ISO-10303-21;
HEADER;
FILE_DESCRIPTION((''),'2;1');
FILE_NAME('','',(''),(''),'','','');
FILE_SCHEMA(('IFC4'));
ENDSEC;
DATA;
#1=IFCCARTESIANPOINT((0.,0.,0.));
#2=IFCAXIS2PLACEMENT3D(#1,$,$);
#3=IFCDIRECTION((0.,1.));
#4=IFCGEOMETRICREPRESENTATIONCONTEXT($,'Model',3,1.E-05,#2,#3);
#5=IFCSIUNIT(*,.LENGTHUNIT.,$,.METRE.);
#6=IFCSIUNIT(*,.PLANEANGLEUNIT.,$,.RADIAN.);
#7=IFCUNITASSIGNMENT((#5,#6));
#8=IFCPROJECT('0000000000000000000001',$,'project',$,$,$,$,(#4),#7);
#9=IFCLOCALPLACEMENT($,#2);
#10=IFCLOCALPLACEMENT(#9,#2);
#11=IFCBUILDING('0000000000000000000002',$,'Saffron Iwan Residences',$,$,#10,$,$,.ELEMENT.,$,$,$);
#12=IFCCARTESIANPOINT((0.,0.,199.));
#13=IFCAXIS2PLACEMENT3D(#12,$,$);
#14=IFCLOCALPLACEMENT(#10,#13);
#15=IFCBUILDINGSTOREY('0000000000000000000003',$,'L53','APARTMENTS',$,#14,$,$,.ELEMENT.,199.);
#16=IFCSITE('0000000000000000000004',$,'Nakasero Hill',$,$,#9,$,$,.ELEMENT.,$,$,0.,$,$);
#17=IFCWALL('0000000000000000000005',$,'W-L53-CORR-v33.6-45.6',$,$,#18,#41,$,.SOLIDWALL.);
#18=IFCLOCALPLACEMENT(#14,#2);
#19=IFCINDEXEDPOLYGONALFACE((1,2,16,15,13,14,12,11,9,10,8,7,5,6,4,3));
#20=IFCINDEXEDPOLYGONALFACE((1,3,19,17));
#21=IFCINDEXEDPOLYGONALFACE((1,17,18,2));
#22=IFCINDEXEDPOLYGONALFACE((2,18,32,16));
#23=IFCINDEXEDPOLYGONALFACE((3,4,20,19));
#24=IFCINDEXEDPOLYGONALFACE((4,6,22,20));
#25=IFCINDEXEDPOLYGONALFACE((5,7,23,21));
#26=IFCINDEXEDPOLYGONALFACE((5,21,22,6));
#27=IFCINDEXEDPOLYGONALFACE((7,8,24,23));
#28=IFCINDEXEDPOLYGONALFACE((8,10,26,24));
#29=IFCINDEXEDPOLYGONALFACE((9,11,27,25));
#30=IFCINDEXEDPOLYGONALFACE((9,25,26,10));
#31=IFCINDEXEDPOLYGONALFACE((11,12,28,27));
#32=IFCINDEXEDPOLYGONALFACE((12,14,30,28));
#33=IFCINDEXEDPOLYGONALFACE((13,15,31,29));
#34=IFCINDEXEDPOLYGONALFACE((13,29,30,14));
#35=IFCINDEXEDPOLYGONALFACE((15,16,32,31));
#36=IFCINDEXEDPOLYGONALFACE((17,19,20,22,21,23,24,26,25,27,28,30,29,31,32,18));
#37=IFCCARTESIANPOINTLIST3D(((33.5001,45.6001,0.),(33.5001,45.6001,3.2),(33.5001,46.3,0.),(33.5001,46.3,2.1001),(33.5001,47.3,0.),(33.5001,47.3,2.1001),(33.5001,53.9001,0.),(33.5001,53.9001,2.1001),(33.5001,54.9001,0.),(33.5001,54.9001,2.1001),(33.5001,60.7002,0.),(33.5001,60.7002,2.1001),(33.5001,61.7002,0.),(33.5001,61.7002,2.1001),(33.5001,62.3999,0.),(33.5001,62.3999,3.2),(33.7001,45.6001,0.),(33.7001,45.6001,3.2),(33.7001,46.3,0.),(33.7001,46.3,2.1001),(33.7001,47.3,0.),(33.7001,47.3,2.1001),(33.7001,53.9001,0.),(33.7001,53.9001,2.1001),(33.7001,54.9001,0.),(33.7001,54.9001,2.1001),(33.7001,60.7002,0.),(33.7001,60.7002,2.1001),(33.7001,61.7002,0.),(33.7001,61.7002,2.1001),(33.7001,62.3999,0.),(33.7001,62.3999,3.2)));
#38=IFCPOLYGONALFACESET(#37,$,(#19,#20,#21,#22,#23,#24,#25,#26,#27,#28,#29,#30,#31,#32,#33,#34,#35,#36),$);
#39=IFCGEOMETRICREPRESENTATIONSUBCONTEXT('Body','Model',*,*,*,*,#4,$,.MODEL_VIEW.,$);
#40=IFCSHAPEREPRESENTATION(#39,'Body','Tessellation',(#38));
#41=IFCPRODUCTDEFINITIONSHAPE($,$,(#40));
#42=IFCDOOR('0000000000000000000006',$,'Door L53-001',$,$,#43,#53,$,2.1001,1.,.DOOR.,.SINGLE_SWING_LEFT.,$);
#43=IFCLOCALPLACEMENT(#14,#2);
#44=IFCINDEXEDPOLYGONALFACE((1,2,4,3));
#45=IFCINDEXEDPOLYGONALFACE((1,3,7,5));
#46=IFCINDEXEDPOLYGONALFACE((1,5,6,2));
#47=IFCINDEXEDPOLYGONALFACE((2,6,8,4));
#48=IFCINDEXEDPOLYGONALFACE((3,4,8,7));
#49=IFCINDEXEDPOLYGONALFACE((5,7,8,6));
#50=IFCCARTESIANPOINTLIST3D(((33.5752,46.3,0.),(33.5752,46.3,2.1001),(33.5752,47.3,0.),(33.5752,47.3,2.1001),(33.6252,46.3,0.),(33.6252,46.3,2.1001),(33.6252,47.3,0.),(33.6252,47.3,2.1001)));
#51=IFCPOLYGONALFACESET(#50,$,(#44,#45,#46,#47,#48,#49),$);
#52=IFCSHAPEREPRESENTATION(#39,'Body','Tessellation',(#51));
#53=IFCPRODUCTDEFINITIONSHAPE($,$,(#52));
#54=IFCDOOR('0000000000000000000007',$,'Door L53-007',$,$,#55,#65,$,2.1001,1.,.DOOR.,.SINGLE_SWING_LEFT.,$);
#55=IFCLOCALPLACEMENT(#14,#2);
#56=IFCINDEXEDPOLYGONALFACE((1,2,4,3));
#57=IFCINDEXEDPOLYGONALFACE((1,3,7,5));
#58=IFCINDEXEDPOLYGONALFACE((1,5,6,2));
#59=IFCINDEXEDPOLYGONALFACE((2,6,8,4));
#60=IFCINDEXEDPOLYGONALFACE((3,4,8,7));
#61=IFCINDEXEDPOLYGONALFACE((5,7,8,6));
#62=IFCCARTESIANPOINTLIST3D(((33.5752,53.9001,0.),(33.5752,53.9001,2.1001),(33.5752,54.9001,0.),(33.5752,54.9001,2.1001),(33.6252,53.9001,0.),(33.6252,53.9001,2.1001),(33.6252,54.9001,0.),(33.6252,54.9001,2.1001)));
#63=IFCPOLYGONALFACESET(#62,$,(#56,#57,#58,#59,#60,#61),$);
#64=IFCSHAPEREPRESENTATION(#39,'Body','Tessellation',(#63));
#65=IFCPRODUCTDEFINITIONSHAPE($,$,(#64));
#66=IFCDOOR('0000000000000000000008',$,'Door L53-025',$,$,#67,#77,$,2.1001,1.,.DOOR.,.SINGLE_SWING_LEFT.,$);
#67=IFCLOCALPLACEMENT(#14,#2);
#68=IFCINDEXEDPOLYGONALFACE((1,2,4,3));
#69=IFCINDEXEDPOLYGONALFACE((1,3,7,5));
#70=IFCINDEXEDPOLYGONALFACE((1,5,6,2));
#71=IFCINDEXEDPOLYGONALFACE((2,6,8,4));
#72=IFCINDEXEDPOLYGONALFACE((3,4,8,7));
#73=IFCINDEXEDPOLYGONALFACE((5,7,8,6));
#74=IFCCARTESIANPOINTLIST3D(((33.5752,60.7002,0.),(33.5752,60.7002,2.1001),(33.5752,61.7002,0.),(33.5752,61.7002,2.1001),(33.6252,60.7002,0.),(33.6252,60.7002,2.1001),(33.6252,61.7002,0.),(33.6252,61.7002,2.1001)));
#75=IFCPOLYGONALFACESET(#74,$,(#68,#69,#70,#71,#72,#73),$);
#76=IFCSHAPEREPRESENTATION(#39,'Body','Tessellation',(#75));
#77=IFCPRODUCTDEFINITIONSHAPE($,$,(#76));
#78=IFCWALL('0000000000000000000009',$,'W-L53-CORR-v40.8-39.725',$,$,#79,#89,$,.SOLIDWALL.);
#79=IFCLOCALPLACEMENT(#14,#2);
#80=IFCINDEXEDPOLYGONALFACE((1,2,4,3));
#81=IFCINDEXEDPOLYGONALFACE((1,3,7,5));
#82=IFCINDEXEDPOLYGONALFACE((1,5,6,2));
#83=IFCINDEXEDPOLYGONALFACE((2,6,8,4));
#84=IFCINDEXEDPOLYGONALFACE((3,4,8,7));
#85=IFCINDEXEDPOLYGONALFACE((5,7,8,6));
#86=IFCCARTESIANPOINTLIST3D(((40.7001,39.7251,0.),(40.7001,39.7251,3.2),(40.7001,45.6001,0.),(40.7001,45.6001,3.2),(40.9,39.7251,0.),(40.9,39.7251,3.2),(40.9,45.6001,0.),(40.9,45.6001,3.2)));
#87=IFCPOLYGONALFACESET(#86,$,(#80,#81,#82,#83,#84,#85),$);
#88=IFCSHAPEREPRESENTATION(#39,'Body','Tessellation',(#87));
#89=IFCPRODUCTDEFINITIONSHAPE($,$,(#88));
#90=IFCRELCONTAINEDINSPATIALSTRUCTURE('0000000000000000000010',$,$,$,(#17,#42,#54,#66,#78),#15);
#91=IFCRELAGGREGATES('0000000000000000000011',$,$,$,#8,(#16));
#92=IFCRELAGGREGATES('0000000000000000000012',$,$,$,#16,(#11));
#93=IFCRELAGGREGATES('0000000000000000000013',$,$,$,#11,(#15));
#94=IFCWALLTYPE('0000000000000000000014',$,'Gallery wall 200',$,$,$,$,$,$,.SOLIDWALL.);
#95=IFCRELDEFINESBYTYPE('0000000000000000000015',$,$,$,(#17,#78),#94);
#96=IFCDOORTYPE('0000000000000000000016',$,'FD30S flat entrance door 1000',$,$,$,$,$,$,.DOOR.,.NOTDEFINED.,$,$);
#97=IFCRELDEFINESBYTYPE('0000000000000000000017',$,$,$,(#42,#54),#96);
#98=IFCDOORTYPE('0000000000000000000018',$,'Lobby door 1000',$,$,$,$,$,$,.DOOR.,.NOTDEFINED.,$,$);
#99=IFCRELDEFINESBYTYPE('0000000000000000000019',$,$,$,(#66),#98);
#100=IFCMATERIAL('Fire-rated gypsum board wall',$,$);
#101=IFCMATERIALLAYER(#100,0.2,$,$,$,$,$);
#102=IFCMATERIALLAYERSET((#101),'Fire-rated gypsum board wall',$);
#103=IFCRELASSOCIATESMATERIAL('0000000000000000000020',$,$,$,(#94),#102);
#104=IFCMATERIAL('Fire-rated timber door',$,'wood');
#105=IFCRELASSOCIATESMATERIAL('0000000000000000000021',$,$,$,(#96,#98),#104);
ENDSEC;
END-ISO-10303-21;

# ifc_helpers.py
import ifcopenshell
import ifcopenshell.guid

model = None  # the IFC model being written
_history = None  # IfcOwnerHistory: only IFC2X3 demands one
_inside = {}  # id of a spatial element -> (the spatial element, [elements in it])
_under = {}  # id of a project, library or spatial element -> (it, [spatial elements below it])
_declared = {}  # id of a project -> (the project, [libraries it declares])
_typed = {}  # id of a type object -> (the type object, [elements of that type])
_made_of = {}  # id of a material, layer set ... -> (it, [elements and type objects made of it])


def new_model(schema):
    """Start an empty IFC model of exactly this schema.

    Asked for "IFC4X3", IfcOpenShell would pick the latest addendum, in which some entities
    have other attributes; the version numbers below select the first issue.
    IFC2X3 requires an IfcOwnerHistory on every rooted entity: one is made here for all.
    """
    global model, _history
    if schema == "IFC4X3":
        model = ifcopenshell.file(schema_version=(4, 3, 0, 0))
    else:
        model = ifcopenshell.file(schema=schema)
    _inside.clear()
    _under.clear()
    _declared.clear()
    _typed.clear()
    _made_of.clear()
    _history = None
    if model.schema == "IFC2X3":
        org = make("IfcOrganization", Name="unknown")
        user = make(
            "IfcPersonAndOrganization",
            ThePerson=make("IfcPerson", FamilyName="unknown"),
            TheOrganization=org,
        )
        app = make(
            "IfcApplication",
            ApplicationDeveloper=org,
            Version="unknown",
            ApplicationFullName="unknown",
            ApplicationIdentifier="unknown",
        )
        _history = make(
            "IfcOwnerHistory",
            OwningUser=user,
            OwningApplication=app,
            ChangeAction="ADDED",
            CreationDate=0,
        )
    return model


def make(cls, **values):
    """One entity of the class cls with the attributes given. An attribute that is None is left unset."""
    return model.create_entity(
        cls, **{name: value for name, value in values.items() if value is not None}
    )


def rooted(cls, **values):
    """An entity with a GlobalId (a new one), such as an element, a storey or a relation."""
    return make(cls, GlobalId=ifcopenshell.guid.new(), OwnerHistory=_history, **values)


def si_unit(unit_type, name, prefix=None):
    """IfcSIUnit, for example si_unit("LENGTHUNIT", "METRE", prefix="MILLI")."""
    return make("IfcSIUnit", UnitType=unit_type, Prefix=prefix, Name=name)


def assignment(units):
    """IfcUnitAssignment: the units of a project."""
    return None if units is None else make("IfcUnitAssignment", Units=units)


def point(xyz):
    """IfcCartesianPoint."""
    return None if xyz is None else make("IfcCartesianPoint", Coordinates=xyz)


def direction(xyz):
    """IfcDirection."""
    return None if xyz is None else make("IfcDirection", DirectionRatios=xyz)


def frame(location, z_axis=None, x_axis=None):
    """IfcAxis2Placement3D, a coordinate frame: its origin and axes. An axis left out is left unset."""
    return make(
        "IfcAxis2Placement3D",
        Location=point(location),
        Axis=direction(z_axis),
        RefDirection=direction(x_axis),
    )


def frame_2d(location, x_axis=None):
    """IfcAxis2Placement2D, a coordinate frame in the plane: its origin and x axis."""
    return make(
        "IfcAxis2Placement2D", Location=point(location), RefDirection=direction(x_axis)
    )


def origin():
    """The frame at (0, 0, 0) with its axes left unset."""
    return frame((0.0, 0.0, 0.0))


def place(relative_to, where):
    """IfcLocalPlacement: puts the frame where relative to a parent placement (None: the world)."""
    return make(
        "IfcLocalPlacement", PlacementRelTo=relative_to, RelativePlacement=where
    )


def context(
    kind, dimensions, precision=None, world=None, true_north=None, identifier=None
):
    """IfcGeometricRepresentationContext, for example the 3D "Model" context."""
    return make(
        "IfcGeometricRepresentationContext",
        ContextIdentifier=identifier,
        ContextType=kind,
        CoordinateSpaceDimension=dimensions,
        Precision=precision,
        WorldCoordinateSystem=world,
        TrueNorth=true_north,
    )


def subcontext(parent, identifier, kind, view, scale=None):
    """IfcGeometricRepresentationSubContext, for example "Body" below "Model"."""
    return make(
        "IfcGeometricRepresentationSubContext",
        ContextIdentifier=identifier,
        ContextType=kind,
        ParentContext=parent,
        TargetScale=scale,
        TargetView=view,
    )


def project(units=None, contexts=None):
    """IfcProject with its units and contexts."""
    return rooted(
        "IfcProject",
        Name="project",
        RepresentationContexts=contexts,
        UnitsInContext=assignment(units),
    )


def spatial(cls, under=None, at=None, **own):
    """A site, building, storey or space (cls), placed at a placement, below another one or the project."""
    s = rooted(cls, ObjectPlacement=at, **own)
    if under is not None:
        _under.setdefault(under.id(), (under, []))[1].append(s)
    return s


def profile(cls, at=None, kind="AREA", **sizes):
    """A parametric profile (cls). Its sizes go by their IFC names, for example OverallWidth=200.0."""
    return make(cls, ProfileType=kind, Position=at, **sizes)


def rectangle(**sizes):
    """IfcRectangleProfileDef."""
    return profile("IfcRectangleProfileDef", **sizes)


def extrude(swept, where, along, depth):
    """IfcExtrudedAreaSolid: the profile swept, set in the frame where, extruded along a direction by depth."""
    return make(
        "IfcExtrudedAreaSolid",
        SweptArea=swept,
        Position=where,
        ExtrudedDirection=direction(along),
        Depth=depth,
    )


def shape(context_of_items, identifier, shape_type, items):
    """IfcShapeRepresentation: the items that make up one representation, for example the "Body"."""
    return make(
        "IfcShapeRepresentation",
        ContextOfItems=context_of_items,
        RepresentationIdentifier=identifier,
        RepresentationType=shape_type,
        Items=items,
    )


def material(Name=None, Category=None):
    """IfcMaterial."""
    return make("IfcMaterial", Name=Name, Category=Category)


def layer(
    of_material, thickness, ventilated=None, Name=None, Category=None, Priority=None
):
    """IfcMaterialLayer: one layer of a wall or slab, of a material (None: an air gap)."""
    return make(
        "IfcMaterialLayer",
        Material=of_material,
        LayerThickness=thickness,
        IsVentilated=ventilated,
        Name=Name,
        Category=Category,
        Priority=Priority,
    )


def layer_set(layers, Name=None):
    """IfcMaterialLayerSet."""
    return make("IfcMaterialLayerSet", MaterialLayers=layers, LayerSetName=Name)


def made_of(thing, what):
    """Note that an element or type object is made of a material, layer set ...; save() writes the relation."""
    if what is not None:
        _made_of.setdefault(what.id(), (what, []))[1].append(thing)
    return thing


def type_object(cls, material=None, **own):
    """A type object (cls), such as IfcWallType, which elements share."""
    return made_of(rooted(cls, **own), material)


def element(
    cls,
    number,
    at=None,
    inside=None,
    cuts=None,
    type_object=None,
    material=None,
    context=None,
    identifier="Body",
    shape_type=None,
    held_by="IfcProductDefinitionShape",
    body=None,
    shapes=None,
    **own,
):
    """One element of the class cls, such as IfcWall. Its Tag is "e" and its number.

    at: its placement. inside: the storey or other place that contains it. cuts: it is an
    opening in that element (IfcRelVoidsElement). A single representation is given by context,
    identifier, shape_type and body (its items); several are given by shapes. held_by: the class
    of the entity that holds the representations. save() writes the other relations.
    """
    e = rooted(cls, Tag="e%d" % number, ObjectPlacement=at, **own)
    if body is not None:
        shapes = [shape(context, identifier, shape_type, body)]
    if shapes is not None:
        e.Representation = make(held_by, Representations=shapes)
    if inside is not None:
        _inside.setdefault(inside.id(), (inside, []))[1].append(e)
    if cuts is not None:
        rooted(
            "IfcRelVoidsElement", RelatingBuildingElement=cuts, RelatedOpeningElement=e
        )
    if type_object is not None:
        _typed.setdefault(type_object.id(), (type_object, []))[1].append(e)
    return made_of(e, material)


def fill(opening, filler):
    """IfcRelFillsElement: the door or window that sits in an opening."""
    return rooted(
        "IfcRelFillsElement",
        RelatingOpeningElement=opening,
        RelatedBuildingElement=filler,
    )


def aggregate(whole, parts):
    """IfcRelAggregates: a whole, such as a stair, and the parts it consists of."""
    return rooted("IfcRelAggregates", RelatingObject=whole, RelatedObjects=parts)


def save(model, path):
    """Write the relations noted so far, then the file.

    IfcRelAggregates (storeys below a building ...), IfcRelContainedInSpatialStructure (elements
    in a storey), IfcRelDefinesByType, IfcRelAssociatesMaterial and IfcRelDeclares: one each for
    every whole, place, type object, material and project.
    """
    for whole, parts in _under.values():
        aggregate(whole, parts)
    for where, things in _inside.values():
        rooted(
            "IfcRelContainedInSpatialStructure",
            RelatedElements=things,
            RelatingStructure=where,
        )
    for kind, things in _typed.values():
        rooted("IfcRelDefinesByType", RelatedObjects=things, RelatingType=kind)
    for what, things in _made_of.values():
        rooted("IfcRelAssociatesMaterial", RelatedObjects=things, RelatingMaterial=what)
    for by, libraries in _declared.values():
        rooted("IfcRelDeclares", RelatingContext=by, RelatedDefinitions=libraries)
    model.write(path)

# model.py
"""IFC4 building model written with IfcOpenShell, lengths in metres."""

from ifc_helpers import new_model, si_unit, direction, frame, frame_2d, origin, place, context, subcontext, project, spatial, rectangle, extrude, material, layer, layer_set, type_object, element, fill, save


model = new_model("IFC4")

# Units and contexts
model_context = context("Model", 3, precision=1e-05, world=origin(), true_north=direction((0.0, 1.0)))
body_context = subcontext(model_context, "Body", "Model", "MODEL_VIEW")
ifc_project = project(units=[si_unit("LENGTHUNIT", "METRE"), si_unit("PLANEANGLEUNIT", "RADIAN")], contexts=[model_context])

# Site, building, storey
site_placement = place(None, origin())
site = spatial("IfcSite", under=ifc_project, at=site_placement, Name="Nakasero Hill", CompositionType="ELEMENT", RefElevation=0.0)
building_placement = place(site_placement, origin())
building = spatial("IfcBuilding", under=site, at=building_placement, Name="Saffron Iwan Residences", CompositionType="ELEMENT")
storey_placement = place(building_placement, frame((0.0, 0.0, 199.0)))
storey = spatial("IfcBuildingStorey", under=building, at=storey_placement, Name="L53", Description="APARTMENTS", CompositionType="ELEMENT", Elevation=199.0)

# Shared definitions
ifc_material_1 = material(Name="Fire-rated gypsum board wall")
ifc_layer_1 = layer(ifc_material_1, 0.2)
ifc_layer_set_1 = layer_set([ifc_layer_1], Name="Fire-rated gypsum board wall")
wall_type_1 = type_object("IfcWallType", Name="Gallery wall 200", PredefinedType="SOLIDWALL", material=ifc_layer_set_1)

# Wall, openings, doors
wall_1_placement = place(storey_placement, frame((33.6001, 45.6001, 0.0), z_axis=(0.0, 0.0, 1.0), x_axis=(0.0, 1.0, 0.0)))
wall_1 = element("IfcWall", 1, at=wall_1_placement, inside=storey, type_object=wall_type_1, Name="W-L53-CORR-v33.6-45.6", PredefinedType="SOLIDWALL", context=body_context, shape_type="SweptSolid", body=[
    extrude(rectangle(XDim=16.7998, YDim=0.2, at=frame_2d((8.3999, 0.0))), origin(), (0.0, 0.0, 1.0), 3.2),
])
opening_1_placement = place(wall_1_placement, frame((0.7, 0.0, 0.0)))
opening_1 = element("IfcOpeningElement", 2, at=opening_1_placement, cuts=wall_1, PredefinedType="OPENING", context=body_context, shape_type="SweptSolid", body=[
    extrude(rectangle(XDim=1.0, YDim=2.1001, at=frame_2d((0.5, 1.05))), frame((0.0, 0.1099, 0.0), z_axis=(0.0, -1.0, 0.0), x_axis=(1.0, 0.0, 0.0)), (0.0, 0.0, 1.0), 0.22),
])
opening_2_placement = place(wall_1_placement, frame((8.3, 0.0, 0.0)))
opening_2 = element("IfcOpeningElement", 3, at=opening_2_placement, cuts=wall_1, PredefinedType="OPENING", context=body_context, shape_type="SweptSolid", body=[
    extrude(rectangle(XDim=1.0, YDim=2.1001, at=frame_2d((0.5, 1.05))), frame((0.0, 0.1099, 0.0), z_axis=(0.0, -1.0, 0.0), x_axis=(1.0, 0.0, 0.0)), (0.0, 0.0, 1.0), 0.22),
])
opening_3_placement = place(wall_1_placement, frame((15.1001, 0.0, 0.0)))
opening_3 = element("IfcOpeningElement", 4, at=opening_3_placement, cuts=wall_1, PredefinedType="OPENING", context=body_context, shape_type="SweptSolid", body=[
    extrude(rectangle(XDim=1.0, YDim=2.1001, at=frame_2d((0.5, 1.05))), frame((0.0, 0.1099, 0.0), z_axis=(0.0, -1.0, 0.0), x_axis=(1.0, 0.0, 0.0)), (0.0, 0.0, 1.0), 0.22),
])
ifc_material_2 = material(Name="Fire-rated timber door", Category="wood")
door_type_1 = type_object("IfcDoorType", Name="FD30S flat entrance door 1000", OperationType="NOTDEFINED", PredefinedType="DOOR", material=ifc_material_2)
door_1_placement = place(opening_1_placement, origin())
door_1 = element("IfcDoor", 5, at=door_1_placement, inside=storey, type_object=door_type_1, Name="Door L53-001", OperationType="SINGLE_SWING_LEFT", OverallHeight=2.1001, OverallWidth=1.0, PredefinedType="DOOR", context=body_context, shape_type="SweptSolid", body=[
    extrude(rectangle(XDim=1.0, YDim=2.1001, at=frame_2d((0.5, 1.05))), frame((0.0, 0.0249, 0.0), z_axis=(0.0, -1.0, 0.0), x_axis=(1.0, 0.0, 0.0)), (0.0, 0.0, 1.0), 0.05),
])
fill(opening_1, door_1)
door_2_placement = place(opening_2_placement, origin())
door_2 = element("IfcDoor", 6, at=door_2_placement, inside=storey, type_object=door_type_1, Name="Door L53-007", OperationType="SINGLE_SWING_LEFT", OverallHeight=2.1001, OverallWidth=1.0, PredefinedType="DOOR", context=body_context, shape_type="SweptSolid", body=[
    extrude(rectangle(XDim=1.0, YDim=2.1001, at=frame_2d((0.5, 1.05))), frame((0.0, 0.0249, 0.0), z_axis=(0.0, -1.0, 0.0), x_axis=(1.0, 0.0, 0.0)), (0.0, 0.0, 1.0), 0.05),
])
fill(opening_2, door_2)
door_type_2 = type_object("IfcDoorType", Name="Lobby door 1000", OperationType="NOTDEFINED", PredefinedType="DOOR", material=ifc_material_2)
door_3_placement = place(opening_3_placement, origin())
door_3 = element("IfcDoor", 7, at=door_3_placement, inside=storey, type_object=door_type_2, Name="Door L53-025", OperationType="SINGLE_SWING_LEFT", OverallHeight=2.1001, OverallWidth=1.0, PredefinedType="DOOR", context=body_context, shape_type="SweptSolid", body=[
    extrude(rectangle(XDim=1.0, YDim=2.1001, at=frame_2d((0.5, 1.05))), frame((0.0, 0.0249, 0.0), z_axis=(0.0, -1.0, 0.0), x_axis=(1.0, 0.0, 0.0)), (0.0, 0.0, 1.0), 0.05),
])
fill(opening_3, door_3)

# Wall
wall_2_placement = place(storey_placement, frame((40.8, 39.7251, 0.0), z_axis=(0.0, 0.0, 1.0), x_axis=(0.0, 1.0, 0.0)))
element("IfcWall", 8, at=wall_2_placement, inside=storey, type_object=wall_type_1, Name="W-L53-CORR-v40.8-39.725", PredefinedType="SOLIDWALL", context=body_context, shape_type="SweptSolid", body=[
    extrude(rectangle(XDim=5.875, YDim=0.2, at=frame_2d((2.9375, 0.0))), origin(), (0.0, 0.0, 1.0), 3.2),
])

save(model, "model.ifc")
